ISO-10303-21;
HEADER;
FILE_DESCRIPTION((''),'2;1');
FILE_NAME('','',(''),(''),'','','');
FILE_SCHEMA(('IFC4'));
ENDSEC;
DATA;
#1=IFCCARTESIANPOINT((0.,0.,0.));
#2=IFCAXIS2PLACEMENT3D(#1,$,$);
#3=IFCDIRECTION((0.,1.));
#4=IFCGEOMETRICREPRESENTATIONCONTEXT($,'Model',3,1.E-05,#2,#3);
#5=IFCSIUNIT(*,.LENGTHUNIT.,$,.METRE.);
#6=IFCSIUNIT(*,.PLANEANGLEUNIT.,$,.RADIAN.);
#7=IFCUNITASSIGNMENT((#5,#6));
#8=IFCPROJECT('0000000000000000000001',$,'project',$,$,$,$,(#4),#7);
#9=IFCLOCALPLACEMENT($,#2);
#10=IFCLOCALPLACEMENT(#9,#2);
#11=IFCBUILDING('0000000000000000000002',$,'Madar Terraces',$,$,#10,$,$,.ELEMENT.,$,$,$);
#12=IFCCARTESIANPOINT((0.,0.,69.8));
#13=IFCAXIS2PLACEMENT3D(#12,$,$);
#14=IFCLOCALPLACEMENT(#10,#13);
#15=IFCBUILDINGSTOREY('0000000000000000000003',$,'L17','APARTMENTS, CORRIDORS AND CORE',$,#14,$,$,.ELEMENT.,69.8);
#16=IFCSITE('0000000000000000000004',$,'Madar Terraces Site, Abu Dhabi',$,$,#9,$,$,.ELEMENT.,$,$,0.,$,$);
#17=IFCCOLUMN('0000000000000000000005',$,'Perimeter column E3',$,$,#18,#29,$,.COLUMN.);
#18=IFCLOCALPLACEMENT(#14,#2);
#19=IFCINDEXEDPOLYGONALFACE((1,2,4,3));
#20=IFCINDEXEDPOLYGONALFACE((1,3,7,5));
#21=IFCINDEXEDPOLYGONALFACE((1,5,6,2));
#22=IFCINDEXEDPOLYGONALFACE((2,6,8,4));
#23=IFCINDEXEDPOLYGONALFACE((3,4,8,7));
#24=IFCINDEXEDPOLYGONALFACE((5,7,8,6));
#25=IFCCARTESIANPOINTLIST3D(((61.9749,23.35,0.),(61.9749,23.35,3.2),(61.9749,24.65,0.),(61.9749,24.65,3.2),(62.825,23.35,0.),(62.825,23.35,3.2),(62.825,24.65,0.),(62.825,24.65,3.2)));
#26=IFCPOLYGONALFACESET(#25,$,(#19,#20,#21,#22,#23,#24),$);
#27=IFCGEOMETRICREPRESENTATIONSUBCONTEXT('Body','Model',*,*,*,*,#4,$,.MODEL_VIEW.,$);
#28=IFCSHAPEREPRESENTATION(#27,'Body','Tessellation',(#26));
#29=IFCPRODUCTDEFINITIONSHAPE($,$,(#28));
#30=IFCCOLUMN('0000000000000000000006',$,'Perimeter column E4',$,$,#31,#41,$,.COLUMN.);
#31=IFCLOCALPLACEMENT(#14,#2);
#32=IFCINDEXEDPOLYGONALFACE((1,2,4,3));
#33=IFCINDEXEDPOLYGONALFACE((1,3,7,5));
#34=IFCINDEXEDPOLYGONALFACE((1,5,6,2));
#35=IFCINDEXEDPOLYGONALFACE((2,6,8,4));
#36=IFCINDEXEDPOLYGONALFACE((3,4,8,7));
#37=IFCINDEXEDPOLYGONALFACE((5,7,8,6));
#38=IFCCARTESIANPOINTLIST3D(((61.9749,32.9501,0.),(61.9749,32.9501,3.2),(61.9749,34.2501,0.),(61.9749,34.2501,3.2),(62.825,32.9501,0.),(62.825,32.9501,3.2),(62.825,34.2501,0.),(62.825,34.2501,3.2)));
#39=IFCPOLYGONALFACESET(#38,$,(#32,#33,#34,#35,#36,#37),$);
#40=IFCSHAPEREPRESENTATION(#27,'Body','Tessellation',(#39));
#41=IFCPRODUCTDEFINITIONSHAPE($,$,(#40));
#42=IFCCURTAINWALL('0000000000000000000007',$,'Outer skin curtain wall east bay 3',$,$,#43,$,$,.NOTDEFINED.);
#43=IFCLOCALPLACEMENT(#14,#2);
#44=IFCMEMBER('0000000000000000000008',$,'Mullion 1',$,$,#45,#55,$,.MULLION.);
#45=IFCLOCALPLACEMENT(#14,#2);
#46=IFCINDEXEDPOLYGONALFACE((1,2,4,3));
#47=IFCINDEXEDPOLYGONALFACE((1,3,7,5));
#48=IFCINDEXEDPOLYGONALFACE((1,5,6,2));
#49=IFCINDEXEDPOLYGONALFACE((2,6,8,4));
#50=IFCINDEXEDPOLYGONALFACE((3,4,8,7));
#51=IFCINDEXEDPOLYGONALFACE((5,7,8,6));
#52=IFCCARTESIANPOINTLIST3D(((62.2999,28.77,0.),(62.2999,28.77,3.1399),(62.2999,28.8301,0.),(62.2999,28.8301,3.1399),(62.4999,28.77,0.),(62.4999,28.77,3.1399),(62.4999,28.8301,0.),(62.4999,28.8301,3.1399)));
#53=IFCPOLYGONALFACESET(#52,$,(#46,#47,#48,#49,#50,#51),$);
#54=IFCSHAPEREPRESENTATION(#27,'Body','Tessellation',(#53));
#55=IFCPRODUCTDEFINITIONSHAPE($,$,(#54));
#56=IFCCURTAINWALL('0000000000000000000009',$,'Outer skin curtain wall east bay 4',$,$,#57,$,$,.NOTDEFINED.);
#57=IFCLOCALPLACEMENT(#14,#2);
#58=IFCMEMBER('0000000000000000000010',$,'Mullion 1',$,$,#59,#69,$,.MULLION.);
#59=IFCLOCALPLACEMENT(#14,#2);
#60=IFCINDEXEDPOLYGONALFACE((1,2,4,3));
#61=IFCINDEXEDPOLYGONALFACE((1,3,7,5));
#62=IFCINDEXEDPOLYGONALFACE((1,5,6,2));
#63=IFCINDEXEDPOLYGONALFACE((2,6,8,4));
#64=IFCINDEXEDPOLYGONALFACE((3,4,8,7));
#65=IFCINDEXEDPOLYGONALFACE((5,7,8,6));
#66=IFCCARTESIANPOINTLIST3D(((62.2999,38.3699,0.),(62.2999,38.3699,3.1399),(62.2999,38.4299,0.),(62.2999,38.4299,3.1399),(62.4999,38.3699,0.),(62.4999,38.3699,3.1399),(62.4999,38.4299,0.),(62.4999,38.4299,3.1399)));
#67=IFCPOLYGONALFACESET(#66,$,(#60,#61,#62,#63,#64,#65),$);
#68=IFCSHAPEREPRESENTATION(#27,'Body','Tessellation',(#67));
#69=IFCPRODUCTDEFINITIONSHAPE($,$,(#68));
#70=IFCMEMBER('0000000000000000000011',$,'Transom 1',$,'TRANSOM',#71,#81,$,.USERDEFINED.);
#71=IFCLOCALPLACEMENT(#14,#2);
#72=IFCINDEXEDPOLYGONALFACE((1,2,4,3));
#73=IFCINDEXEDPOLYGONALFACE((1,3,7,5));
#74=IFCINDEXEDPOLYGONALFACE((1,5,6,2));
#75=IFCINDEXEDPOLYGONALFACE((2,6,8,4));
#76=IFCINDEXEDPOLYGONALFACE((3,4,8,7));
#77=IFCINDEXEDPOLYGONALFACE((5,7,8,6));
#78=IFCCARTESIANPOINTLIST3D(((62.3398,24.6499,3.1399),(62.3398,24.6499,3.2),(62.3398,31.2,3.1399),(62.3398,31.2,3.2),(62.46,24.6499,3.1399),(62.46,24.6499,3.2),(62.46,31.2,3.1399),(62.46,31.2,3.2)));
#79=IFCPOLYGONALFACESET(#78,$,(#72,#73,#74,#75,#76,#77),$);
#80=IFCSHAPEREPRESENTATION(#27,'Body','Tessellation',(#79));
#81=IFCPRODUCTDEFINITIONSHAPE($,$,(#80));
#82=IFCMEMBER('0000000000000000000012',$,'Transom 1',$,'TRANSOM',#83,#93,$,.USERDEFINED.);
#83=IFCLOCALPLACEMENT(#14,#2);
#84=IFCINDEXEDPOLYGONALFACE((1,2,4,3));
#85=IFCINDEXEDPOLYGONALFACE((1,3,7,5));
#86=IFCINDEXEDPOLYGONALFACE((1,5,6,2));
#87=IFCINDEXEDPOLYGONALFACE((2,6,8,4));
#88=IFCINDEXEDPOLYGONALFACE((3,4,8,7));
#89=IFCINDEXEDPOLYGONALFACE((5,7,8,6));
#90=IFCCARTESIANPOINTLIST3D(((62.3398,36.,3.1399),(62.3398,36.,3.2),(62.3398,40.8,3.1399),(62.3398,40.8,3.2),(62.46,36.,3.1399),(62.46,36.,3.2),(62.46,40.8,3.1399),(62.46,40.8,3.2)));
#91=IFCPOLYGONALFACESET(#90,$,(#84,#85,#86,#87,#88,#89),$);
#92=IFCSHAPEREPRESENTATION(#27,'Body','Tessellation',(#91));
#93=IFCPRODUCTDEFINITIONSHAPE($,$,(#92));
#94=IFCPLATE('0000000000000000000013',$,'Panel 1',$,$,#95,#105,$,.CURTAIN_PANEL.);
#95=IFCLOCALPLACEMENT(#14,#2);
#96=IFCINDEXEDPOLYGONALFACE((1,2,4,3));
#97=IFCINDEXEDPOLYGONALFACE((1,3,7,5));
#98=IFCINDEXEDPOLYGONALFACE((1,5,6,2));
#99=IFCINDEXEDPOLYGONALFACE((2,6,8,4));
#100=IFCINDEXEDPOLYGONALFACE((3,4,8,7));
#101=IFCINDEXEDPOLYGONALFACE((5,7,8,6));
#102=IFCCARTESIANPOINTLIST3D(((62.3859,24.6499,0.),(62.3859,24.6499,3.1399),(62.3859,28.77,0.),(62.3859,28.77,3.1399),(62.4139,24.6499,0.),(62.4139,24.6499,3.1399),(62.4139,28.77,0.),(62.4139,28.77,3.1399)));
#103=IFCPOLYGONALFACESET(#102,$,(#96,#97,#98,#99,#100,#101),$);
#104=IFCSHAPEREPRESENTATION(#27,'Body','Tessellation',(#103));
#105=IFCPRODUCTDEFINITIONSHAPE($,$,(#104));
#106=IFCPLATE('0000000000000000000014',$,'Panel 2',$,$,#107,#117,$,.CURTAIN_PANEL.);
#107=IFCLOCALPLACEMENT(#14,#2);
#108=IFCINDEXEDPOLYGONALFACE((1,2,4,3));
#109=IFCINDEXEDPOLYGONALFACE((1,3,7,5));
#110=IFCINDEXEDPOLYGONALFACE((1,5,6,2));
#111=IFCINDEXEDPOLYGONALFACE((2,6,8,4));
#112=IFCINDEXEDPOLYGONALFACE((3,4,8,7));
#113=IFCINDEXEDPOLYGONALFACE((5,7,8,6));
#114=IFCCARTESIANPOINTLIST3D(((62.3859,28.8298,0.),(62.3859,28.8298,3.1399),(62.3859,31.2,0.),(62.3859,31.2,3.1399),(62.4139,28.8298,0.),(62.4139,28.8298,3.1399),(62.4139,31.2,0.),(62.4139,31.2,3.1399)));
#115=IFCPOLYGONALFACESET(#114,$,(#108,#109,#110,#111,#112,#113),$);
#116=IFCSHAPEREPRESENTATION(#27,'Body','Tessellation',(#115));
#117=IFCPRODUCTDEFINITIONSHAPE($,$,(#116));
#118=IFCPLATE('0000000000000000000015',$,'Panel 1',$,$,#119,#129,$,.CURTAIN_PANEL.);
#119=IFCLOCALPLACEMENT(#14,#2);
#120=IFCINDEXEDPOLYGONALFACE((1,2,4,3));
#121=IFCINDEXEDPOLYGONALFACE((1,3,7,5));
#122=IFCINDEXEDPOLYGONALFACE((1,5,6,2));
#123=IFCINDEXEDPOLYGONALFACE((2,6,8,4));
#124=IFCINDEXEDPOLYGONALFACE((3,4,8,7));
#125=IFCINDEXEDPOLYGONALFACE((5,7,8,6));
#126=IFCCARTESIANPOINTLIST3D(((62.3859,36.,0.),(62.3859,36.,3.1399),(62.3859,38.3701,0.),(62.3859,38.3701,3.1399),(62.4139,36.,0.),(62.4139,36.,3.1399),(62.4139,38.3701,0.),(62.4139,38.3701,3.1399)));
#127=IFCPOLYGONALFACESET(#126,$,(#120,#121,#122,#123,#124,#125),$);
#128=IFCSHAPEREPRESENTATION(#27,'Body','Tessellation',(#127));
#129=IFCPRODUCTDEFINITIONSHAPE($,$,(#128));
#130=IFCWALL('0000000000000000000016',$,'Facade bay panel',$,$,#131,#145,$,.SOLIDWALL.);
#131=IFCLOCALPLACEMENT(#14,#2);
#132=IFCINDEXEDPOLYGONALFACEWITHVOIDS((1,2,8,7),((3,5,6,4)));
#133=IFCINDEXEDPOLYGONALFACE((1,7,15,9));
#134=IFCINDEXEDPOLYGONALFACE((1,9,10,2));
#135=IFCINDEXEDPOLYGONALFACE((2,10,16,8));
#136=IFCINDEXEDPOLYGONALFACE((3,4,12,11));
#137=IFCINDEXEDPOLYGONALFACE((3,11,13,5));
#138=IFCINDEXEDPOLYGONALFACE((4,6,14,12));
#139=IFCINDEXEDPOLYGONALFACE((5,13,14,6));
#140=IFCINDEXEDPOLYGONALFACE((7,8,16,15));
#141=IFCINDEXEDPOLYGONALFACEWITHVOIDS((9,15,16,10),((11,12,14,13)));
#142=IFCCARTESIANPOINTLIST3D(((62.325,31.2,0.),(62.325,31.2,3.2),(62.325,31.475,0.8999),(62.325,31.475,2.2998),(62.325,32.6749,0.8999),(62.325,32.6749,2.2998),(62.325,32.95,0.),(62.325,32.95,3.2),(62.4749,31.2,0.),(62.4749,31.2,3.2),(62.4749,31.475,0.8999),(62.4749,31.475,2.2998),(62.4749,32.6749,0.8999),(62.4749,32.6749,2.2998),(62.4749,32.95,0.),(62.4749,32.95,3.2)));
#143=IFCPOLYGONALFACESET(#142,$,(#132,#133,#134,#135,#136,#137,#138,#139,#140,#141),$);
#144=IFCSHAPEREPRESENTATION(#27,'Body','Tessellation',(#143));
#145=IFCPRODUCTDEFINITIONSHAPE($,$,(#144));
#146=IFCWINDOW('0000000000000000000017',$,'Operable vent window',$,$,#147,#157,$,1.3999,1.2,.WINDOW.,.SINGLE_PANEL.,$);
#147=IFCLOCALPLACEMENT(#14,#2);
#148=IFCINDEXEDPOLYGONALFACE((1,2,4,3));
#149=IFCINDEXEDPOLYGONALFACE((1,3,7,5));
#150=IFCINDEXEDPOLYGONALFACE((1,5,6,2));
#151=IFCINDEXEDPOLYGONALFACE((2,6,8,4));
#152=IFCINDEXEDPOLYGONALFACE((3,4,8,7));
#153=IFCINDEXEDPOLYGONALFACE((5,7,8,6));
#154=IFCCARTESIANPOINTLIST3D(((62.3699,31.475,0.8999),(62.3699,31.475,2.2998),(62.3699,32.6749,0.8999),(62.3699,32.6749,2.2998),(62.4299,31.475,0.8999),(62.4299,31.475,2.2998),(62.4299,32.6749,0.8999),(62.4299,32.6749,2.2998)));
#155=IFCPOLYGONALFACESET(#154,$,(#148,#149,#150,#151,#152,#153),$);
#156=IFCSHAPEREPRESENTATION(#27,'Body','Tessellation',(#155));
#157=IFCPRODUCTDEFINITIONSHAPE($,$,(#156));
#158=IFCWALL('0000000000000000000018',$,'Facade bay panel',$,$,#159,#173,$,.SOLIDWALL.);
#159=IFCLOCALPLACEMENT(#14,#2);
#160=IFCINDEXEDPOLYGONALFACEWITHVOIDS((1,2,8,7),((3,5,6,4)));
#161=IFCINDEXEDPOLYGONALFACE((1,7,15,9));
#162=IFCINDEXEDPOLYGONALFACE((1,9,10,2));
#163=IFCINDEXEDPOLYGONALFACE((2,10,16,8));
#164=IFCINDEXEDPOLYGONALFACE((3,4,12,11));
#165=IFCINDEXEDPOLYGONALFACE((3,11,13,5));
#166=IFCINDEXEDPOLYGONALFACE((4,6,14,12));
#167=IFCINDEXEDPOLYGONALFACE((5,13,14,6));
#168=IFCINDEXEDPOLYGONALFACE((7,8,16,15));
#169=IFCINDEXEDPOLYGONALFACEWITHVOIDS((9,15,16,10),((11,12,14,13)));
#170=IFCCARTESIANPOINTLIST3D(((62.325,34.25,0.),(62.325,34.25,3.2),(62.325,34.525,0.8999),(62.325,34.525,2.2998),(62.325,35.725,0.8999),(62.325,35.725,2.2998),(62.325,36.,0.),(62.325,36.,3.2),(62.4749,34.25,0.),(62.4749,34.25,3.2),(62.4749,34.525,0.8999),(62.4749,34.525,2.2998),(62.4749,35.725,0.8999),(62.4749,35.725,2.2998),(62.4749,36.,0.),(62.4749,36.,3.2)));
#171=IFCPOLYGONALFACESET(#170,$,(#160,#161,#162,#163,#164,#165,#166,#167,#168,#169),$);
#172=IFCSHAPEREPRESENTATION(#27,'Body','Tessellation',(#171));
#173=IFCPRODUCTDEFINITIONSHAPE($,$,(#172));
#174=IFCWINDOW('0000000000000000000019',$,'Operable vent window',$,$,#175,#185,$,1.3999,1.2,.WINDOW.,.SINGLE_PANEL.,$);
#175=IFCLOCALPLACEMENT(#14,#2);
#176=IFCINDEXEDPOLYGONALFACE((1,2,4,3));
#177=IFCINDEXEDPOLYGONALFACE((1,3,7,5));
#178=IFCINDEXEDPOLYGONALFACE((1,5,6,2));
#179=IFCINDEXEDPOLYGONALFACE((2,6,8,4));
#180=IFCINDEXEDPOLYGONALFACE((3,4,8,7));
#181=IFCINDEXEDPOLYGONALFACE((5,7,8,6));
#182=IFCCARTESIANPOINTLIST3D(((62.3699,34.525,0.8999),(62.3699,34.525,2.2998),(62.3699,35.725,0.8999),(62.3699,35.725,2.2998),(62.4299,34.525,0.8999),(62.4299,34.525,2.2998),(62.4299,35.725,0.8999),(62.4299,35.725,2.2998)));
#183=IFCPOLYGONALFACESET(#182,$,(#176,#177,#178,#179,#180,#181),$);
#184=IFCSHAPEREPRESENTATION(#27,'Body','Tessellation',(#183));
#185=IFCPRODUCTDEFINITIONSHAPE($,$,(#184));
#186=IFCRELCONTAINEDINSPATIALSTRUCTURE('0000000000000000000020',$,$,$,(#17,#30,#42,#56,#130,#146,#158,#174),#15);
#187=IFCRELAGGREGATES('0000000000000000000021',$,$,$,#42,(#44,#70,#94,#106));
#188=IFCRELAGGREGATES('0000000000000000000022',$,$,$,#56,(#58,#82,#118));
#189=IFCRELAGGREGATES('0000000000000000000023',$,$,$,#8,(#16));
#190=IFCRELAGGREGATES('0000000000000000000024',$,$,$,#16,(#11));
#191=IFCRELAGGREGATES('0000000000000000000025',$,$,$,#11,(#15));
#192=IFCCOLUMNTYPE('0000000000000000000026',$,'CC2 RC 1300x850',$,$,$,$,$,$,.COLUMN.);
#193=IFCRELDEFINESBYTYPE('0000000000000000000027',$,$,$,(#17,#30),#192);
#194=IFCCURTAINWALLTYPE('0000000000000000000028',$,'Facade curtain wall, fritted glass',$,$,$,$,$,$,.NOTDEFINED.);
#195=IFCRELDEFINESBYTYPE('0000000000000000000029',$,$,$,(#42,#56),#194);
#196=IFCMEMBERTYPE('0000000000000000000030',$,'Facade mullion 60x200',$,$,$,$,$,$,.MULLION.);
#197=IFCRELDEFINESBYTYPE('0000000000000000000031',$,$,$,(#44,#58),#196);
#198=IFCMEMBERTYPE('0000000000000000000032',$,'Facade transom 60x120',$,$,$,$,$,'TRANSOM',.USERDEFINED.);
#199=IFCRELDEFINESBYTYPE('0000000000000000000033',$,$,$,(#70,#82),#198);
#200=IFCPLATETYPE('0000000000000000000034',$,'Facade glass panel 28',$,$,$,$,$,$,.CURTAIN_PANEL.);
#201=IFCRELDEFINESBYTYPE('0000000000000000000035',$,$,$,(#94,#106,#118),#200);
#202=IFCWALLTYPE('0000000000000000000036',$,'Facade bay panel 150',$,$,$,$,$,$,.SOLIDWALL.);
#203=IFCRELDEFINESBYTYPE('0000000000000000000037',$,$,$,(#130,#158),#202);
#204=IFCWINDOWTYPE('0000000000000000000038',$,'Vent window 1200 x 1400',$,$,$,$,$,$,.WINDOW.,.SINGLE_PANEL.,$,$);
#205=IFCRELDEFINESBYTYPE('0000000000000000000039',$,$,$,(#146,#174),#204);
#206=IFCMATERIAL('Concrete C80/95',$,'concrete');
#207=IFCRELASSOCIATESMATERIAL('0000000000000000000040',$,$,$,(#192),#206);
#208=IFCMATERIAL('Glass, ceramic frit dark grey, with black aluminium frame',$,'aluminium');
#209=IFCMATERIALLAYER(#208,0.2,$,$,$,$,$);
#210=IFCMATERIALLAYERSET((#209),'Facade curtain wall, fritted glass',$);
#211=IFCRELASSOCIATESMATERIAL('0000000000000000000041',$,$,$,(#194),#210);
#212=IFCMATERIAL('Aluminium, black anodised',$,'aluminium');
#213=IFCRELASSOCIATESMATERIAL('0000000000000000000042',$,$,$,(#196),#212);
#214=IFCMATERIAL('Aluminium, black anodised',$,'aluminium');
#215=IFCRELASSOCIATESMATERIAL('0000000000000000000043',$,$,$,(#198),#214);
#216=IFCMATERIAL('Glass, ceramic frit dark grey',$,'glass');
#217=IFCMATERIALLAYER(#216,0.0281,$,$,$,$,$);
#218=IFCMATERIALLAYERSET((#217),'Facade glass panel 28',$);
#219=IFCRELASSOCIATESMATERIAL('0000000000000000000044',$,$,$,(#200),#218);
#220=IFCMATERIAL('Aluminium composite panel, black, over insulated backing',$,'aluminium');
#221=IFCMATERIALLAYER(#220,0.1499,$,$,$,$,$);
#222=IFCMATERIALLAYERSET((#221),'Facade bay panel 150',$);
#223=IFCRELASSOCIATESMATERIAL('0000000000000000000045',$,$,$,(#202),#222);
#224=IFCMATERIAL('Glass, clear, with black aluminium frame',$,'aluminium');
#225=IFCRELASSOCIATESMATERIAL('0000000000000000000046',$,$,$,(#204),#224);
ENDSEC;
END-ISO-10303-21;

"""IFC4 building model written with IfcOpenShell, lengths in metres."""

from ifc_helpers import new_model, si_unit, direction, frame, frame_2d, origin, origin_2d, place, context, subcontext, project, spatial, rectangle, extrude, material, layer, layer_set, material_profile, profile_set, type_object, element, fill, aggregate, save


model = new_model("IFC4")

# Units and contexts
model_context = context("Model", 3, precision=1e-05, world=origin(), true_north=direction((0.0, 1.0)))
body_context = subcontext(model_context, "Body", "Model", "MODEL_VIEW")
ifc_project = project(units=[si_unit("LENGTHUNIT", "METRE"), si_unit("PLANEANGLEUNIT", "RADIAN")], contexts=[model_context])

# Site, building, storey
site_placement = place(None, origin())
site = spatial("IfcSite", under=ifc_project, at=site_placement, Name="Madar Terraces Site, Abu Dhabi", CompositionType="ELEMENT", RefElevation=0.0)
building_placement = place(site_placement, origin())
building = spatial("IfcBuilding", under=site, at=building_placement, Name="Madar Terraces", CompositionType="ELEMENT")
storey_placement = place(building_placement, frame((0.0, 0.0, 69.8)))
storey = spatial("IfcBuildingStorey", under=building, at=storey_placement, Name="L17", Description="APARTMENTS, CORRIDORS AND CORE", CompositionType="ELEMENT", Elevation=69.8)

# Columns
ifc_material_1 = material(Name="Concrete C80/95", Category="concrete")
ifc_material_profile_1 = material_profile(ifc_material_1, rectangle(XDim=1.3, YDim=0.8501, at=origin_2d()), Name="CC2 RC 1300x850")
ifc_profile_set_1 = profile_set([ifc_material_profile_1], Name="Concrete C80/95")
column_type = type_object("IfcColumnType", Name="CC2 RC 1300x850", PredefinedType="COLUMN", material=ifc_profile_set_1)
for number, where, z_axis, x_axis, name in (
    (1, (62.3999, 24.0, 0.0), (0.0, 0.0, 1.0), (0.0, 1.0, 0.0), "Perimeter column E3"),
    (2, (62.3999, 33.6001, 0.0), (0.0, 0.0, 1.0), (0.0, 1.0, 0.0), "Perimeter column E4"),
):
    element("IfcColumn", number, at=place(storey_placement, frame(where, z_axis=z_axis, x_axis=x_axis)), inside=storey, type_object=column_type, Name=name, PredefinedType="COLUMN", context=body_context, shape_type="SweptSolid", body=[
        extrude(rectangle(XDim=1.3, YDim=0.8501, at=origin_2d()), origin(), (0.0, 0.0, 1.0), 3.2),
    ])

# Curtain walls, members
ifc_material_2 = material(Name="Glass, ceramic frit dark grey, with black aluminium frame", Category="aluminium")
ifc_layer_1 = layer(ifc_material_2, 0.2)
ifc_layer_set_1 = layer_set([ifc_layer_1], Name="Facade curtain wall, fritted glass")
curtain_wall_type = type_object("IfcCurtainWallType", Name="Facade curtain wall, fritted glass", PredefinedType="NOTDEFINED", material=ifc_layer_set_1)
curtain_wall_1_placement = place(storey_placement, origin())
curtain_wall_1 = element("IfcCurtainWall", 3, at=curtain_wall_1_placement, inside=storey, type_object=curtain_wall_type, Name="Outer skin curtain wall east bay 3", PredefinedType="NOTDEFINED")
ifc_material_3 = material(Name="Aluminium, black anodised", Category="aluminium")
ifc_material_profile_2 = material_profile(ifc_material_3, rectangle(XDim=0.2, YDim=0.0601, at=origin_2d()), Name="Facade mullion 60x200")
ifc_profile_set_2 = profile_set([ifc_material_profile_2], Name="Aluminium, black anodised")
member_type_1 = type_object("IfcMemberType", Name="Facade mullion 60x200", PredefinedType="MULLION", material=ifc_profile_set_2)
member_1_placement = place(storey_placement, frame((62.3999, 28.8, 0.0), z_axis=(0.0, 0.0, 1.0), x_axis=(-1.0, 0.0, 0.0)))
member_1 = element("IfcMember", 4, at=member_1_placement, type_object=member_type_1, Name="Mullion 1", PredefinedType="MULLION", context=body_context, shape_type="SweptSolid", body=[
    extrude(rectangle(XDim=0.2, YDim=0.0601, at=origin_2d()), origin(), (0.0, 0.0, 1.0), 3.1399),
])
curtain_wall_2_placement = place(storey_placement, origin())
curtain_wall_2 = element("IfcCurtainWall", 5, at=curtain_wall_2_placement, inside=storey, type_object=curtain_wall_type, Name="Outer skin curtain wall east bay 4", PredefinedType="NOTDEFINED")
member_2_placement = place(storey_placement, frame((62.3999, 38.3999, 0.0), z_axis=(0.0, 0.0, 1.0), x_axis=(-1.0, 0.0, 0.0)))
member_2 = element("IfcMember", 6, at=member_2_placement, type_object=member_type_1, Name="Mullion 1", PredefinedType="MULLION", context=body_context, shape_type="SweptSolid", body=[
    extrude(rectangle(XDim=0.2, YDim=0.0601, at=origin_2d()), origin(), (0.0, 0.0, 1.0), 3.1399),
])

# Members
ifc_material_4 = material(Name="Aluminium, black anodised", Category="aluminium")
ifc_material_profile_3 = material_profile(ifc_material_4, rectangle(XDim=0.1201, YDim=0.0601, at=origin_2d()), Name="Facade transom 60x120")
ifc_profile_set_3 = profile_set([ifc_material_profile_3], Name="Aluminium, black anodised")
member_type_2 = type_object("IfcMemberType", Name="Facade transom 60x120", ElementType="TRANSOM", PredefinedType="USERDEFINED", material=ifc_profile_set_3)
member_3_placement = place(storey_placement, frame((62.3999, 24.6499, 3.1699), z_axis=(0.0, 1.0, 0.0), x_axis=(-1.0, 0.0, 0.0)))
member_3 = element("IfcMember", 7, at=member_3_placement, type_object=member_type_2, Name="Transom 1", ObjectType="TRANSOM", PredefinedType="USERDEFINED", context=body_context, shape_type="SweptSolid", body=[
    extrude(rectangle(XDim=0.1201, YDim=0.0601, at=origin_2d()), origin(), (0.0, 0.0, 1.0), 6.55),
])
member_4_placement = place(storey_placement, frame((62.3999, 36.0, 3.1699), z_axis=(0.0, 1.0, 0.0), x_axis=(-1.0, 0.0, 0.0)))
member_4 = element("IfcMember", 8, at=member_4_placement, type_object=member_type_2, Name="Transom 1", ObjectType="TRANSOM", PredefinedType="USERDEFINED", context=body_context, shape_type="SweptSolid", body=[
    extrude(rectangle(XDim=0.1201, YDim=0.0601, at=origin_2d()), origin(), (0.0, 0.0, 1.0), 4.8),
])

# Plates
ifc_material_5 = material(Name="Glass, ceramic frit dark grey", Category="glass")
ifc_layer_2 = layer(ifc_material_5, 0.0281)
ifc_layer_set_2 = layer_set([ifc_layer_2], Name="Facade glass panel 28")
plate_type = type_object("IfcPlateType", Name="Facade glass panel 28", PredefinedType="CURTAIN_PANEL", material=ifc_layer_set_2)
plate_1_placement = place(storey_placement, frame((62.3999, 26.71, 0.0), z_axis=(0.0, 0.0, 1.0), x_axis=(0.0, 1.0, 0.0)))
plate_1 = element("IfcPlate", 9, at=plate_1_placement, type_object=plate_type, Name="Panel 1", PredefinedType="CURTAIN_PANEL", context=body_context, shape_type="SweptSolid", body=[
    extrude(rectangle(XDim=4.1201, YDim=0.0281, at=origin_2d()), origin(), (0.0, 0.0, 1.0), 3.1399),
])
plate_2_placement = place(storey_placement, frame((62.3999, 30.0149, 0.0), z_axis=(0.0, 0.0, 1.0), x_axis=(0.0, 1.0, 0.0)))
plate_2 = element("IfcPlate", 10, at=plate_2_placement, type_object=plate_type, Name="Panel 2", PredefinedType="CURTAIN_PANEL", context=body_context, shape_type="SweptSolid", body=[
    extrude(rectangle(XDim=2.3701, YDim=0.0281, at=origin_2d()), origin(), (0.0, 0.0, 1.0), 3.1399),
])
aggregate(curtain_wall_1, [member_1, member_3, plate_1, plate_2])
plate_3_placement = place(storey_placement, frame((62.3999, 37.1851, 0.0), z_axis=(0.0, 0.0, 1.0), x_axis=(0.0, 1.0, 0.0)))
plate_3 = element("IfcPlate", 11, at=plate_3_placement, type_object=plate_type, Name="Panel 1", PredefinedType="CURTAIN_PANEL", context=body_context, shape_type="SweptSolid", body=[
    extrude(rectangle(XDim=2.3701, YDim=0.0281, at=origin_2d()), origin(), (0.0, 0.0, 1.0), 3.1399),
])
aggregate(curtain_wall_2, [member_2, member_4, plate_3])

# Walls, openings, windows
ifc_material_6 = material(Name="Aluminium composite panel, black, over insulated backing", Category="aluminium")
ifc_layer_3 = layer(ifc_material_6, 0.1499)
ifc_layer_set_3 = layer_set([ifc_layer_3], Name="Facade bay panel 150")
wall_type_1 = type_object("IfcWallType", Name="Facade bay panel 150", PredefinedType="SOLIDWALL", material=ifc_layer_set_3)
wall_1_placement = place(storey_placement, frame((62.3999, 31.2, 0.0), z_axis=(0.0, 0.0, 1.0), x_axis=(0.0, 1.0, 0.0)))
wall_1 = element("IfcWall", 12, at=wall_1_placement, inside=storey, type_object=wall_type_1, Name="Facade bay panel", PredefinedType="SOLIDWALL", context=body_context, shape_type="SweptSolid", body=[
    extrude(rectangle(XDim=1.75, YDim=0.1499, at=frame_2d((0.875, 0.0))), origin(), (0.0, 0.0, 1.0), 3.2),
])
opening_1_placement = place(wall_1_placement, frame((0.2749, 0.0, 0.8999)))
opening_1 = element("IfcOpeningElement", 13, at=opening_1_placement, cuts=wall_1, PredefinedType="OPENING", context=body_context, shape_type="SweptSolid", body=[
    extrude(rectangle(XDim=1.2, YDim=1.3999, at=frame_2d((0.6001, 0.7))), frame((0.0, 0.085, 0.0), z_axis=(0.0, -1.0, 0.0), x_axis=(1.0, 0.0, 0.0)), (0.0, 0.0, 1.0), 0.1699),
])
ifc_material_7 = material(Name="Glass, clear, with black aluminium frame", Category="aluminium")
window_type = type_object("IfcWindowType", Name="Vent window 1200 x 1400", PartitioningType="SINGLE_PANEL", PredefinedType="WINDOW", material=ifc_material_7)
window_1_placement = place(opening_1_placement, origin())
window_1 = element("IfcWindow", 14, at=window_1_placement, inside=storey, type_object=window_type, Name="Operable vent window", OverallHeight=1.3999, OverallWidth=1.2, PartitioningType="SINGLE_PANEL", PredefinedType="WINDOW", context=body_context, shape_type="SweptSolid", body=[
    extrude(rectangle(XDim=1.2, YDim=1.3999, at=frame_2d((0.6001, 0.7))), frame((0.0, 0.03, 0.0), z_axis=(0.0, -1.0, 0.0), x_axis=(1.0, 0.0, 0.0)), (0.0, 0.0, 1.0), 0.0601),
])
fill(opening_1, window_1)
wall_2_placement = place(storey_placement, frame((62.3999, 34.25, 0.0), z_axis=(0.0, 0.0, 1.0), x_axis=(0.0, 1.0, 0.0)))
wall_2 = element("IfcWall", 15, at=wall_2_placement, inside=storey, type_object=wall_type_1, Name="Facade bay panel", PredefinedType="SOLIDWALL", context=body_context, shape_type="SweptSolid", body=[
    extrude(rectangle(XDim=1.75, YDim=0.1499, at=frame_2d((0.875, 0.0))), origin(), (0.0, 0.0, 1.0), 3.2),
])
opening_2_placement = place(wall_2_placement, frame((0.2749, 0.0, 0.8999)))
opening_2 = element("IfcOpeningElement", 16, at=opening_2_placement, cuts=wall_2, PredefinedType="OPENING", context=body_context, shape_type="SweptSolid", body=[
    extrude(rectangle(XDim=1.2, YDim=1.3999, at=frame_2d((0.6001, 0.7))), frame((0.0, 0.085, 0.0), z_axis=(0.0, -1.0, 0.0), x_axis=(1.0, 0.0, 0.0)), (0.0, 0.0, 1.0), 0.1699),
])
window_2_placement = place(opening_2_placement, origin())
window_2 = element("IfcWindow", 17, at=window_2_placement, inside=storey, type_object=window_type, Name="Operable vent window", OverallHeight=1.3999, OverallWidth=1.2, PartitioningType="SINGLE_PANEL", PredefinedType="WINDOW", context=body_context, shape_type="SweptSolid", body=[
    extrude(rectangle(XDim=1.2, YDim=1.3999, at=frame_2d((0.6001, 0.7))), frame((0.0, 0.03, 0.0), z_axis=(0.0, -1.0, 0.0), x_axis=(1.0, 0.0, 0.0)), (0.0, 0.0, 1.0), 0.0601),
])
fill(opening_2, window_2)

save(model, "model.ifc")
